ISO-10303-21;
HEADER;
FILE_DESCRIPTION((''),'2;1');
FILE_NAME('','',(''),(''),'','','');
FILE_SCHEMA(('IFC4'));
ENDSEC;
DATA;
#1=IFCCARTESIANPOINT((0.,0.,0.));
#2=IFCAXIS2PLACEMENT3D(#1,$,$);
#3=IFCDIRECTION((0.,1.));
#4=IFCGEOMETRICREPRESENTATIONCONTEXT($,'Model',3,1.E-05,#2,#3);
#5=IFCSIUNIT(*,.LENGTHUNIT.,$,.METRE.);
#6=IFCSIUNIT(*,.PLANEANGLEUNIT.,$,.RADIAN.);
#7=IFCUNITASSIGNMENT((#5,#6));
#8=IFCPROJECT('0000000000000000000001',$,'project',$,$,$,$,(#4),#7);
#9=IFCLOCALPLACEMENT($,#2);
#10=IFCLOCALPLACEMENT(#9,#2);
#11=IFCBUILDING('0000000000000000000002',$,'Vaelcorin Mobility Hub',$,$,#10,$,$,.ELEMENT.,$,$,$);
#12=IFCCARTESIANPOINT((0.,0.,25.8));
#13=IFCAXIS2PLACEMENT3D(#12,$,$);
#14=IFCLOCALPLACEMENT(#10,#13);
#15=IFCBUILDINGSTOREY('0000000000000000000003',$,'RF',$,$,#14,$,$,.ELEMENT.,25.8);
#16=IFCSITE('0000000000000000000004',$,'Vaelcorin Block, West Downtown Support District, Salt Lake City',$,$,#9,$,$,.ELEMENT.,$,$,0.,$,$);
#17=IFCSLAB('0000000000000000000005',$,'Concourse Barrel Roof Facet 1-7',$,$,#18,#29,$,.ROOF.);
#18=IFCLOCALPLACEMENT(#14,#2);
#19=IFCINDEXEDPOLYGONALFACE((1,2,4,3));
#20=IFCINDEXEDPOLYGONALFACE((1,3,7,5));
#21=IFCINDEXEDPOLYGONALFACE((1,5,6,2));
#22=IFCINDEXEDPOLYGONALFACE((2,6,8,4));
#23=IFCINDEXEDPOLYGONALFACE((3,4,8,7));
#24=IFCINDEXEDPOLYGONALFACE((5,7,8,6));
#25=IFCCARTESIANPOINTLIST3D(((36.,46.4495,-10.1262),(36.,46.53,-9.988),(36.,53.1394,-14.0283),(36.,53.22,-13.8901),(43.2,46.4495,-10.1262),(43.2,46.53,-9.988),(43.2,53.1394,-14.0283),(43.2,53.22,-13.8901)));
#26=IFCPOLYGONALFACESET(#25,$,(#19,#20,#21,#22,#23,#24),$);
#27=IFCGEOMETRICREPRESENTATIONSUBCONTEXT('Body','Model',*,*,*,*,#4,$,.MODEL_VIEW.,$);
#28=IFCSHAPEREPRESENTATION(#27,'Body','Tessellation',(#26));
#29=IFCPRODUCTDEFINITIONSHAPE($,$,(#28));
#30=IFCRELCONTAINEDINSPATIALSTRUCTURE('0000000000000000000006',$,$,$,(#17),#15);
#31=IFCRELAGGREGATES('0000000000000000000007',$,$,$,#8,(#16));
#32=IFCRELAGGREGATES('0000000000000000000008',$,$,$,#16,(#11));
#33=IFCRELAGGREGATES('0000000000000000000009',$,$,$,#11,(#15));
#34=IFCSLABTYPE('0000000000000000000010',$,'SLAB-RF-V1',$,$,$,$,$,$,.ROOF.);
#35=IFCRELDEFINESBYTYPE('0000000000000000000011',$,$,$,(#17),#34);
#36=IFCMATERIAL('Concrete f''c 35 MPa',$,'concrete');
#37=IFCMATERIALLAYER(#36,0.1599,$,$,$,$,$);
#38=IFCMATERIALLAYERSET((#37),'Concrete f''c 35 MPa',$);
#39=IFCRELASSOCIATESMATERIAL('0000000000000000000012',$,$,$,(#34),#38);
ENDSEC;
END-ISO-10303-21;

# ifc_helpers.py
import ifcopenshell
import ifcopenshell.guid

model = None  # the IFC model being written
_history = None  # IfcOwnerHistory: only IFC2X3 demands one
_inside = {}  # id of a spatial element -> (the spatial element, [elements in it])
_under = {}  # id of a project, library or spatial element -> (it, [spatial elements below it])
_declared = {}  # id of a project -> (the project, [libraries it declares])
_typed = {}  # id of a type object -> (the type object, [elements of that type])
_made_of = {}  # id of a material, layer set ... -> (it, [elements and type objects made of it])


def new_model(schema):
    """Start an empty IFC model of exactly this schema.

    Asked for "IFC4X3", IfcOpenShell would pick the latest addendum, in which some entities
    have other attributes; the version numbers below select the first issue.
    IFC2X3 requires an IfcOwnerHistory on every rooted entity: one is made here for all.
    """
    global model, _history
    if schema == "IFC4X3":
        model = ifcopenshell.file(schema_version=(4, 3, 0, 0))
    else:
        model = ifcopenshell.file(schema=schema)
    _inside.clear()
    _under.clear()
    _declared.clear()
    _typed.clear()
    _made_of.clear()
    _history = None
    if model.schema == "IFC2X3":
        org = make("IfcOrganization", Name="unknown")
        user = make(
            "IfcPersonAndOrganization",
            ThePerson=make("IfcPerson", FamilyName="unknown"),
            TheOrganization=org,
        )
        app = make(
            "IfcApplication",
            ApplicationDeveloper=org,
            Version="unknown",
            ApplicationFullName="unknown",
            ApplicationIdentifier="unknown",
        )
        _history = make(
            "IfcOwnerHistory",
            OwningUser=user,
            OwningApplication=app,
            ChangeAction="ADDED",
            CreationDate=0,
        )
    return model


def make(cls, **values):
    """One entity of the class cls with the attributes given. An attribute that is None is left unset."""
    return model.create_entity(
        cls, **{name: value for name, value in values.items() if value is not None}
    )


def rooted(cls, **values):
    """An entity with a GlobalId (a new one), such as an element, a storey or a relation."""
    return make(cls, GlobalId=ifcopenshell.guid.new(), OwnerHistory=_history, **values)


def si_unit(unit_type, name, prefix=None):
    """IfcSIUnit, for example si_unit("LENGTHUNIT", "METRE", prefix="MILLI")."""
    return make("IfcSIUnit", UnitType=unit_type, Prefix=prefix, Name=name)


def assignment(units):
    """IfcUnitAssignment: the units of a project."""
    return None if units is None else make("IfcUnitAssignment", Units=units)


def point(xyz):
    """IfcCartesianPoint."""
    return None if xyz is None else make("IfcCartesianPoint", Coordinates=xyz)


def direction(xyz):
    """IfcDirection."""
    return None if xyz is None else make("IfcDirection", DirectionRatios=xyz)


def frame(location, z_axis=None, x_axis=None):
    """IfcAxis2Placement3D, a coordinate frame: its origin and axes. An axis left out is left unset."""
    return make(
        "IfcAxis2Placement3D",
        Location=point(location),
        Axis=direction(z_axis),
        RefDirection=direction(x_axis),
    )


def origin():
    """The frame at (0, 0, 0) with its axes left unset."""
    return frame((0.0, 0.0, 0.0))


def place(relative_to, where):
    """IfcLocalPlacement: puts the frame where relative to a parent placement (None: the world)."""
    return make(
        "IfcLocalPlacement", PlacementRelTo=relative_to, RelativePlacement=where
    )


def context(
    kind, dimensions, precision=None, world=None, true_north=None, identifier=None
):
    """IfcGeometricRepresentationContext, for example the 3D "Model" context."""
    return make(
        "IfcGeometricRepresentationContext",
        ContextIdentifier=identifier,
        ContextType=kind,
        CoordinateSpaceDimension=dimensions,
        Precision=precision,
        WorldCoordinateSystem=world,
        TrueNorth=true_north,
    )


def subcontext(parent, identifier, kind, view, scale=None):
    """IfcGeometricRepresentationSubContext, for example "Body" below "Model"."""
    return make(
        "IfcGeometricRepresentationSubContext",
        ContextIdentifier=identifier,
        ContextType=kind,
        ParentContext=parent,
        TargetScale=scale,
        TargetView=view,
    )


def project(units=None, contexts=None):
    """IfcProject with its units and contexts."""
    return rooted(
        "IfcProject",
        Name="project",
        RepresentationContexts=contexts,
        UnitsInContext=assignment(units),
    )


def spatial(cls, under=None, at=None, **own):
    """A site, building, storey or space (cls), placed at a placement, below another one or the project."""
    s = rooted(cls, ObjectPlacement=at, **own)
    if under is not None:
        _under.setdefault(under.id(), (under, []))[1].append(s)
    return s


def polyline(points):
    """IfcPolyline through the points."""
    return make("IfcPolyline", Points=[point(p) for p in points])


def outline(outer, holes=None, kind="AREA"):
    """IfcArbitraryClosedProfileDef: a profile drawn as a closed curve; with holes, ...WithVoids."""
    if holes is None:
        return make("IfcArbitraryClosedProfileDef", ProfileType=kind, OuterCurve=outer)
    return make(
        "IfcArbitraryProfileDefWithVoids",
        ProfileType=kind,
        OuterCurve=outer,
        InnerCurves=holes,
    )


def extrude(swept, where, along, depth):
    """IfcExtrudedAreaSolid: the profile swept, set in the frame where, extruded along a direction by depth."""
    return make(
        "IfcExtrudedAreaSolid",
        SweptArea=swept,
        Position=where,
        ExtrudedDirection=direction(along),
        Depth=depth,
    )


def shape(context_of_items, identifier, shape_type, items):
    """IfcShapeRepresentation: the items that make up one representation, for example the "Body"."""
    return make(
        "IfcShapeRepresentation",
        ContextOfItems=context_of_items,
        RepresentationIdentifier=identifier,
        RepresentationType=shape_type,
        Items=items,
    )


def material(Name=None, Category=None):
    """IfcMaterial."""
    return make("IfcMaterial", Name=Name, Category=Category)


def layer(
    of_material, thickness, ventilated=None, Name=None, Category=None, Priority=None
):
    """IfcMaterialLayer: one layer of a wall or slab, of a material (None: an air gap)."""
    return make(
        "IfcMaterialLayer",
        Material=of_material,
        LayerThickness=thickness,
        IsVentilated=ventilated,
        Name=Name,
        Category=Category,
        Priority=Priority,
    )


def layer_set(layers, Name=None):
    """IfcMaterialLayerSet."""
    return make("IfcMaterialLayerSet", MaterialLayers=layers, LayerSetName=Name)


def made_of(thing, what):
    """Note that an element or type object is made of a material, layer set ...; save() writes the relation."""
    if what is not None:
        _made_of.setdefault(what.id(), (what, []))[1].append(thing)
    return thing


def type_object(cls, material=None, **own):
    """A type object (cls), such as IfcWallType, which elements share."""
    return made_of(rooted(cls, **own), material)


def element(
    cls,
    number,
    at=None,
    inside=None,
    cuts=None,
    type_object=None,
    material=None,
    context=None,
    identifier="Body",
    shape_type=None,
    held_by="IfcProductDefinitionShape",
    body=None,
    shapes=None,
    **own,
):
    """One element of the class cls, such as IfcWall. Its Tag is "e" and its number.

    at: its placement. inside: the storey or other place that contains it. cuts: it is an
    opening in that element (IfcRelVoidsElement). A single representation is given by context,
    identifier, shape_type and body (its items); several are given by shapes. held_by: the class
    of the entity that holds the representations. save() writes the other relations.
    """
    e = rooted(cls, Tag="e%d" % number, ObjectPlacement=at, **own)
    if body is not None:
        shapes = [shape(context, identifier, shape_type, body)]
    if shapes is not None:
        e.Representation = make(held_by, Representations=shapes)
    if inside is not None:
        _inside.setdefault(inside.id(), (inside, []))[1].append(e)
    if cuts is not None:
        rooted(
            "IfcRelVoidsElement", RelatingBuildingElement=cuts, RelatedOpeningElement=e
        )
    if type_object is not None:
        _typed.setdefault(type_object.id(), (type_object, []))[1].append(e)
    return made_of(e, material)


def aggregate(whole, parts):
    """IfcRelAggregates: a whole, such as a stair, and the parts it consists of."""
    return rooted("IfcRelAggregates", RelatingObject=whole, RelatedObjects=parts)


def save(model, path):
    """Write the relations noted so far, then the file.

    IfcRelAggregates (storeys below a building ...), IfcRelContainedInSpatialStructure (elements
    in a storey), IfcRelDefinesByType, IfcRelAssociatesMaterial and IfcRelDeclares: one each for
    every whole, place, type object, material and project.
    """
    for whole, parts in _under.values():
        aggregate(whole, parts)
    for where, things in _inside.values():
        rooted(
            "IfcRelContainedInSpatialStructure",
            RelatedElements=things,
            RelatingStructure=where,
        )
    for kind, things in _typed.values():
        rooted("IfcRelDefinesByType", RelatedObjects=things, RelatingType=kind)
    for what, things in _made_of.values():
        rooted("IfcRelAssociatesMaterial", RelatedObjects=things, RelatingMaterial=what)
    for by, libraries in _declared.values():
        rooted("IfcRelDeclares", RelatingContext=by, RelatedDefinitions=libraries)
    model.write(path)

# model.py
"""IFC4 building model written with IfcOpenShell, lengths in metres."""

from ifc_helpers import new_model, si_unit, direction, frame, origin, place, context, subcontext, project, spatial, polyline, outline, extrude, material, layer, layer_set, type_object, element, save


model = new_model("IFC4")

# Units and contexts
model_context = context("Model", 3, precision=1e-05, world=origin(), true_north=direction((0.0, 1.0)))
body_context = subcontext(model_context, "Body", "Model", "MODEL_VIEW")
ifc_project = project(units=[si_unit("LENGTHUNIT", "METRE"), si_unit("PLANEANGLEUNIT", "RADIAN")], contexts=[model_context])

# Site, building, storey
site_placement = place(None, origin())
site = spatial("IfcSite", under=ifc_project, at=site_placement, Name="Vaelcorin Block, West Downtown Support District, Salt Lake City", CompositionType="ELEMENT", RefElevation=0.0)
building_placement = place(site_placement, origin())
building = spatial("IfcBuilding", under=site, at=building_placement, Name="Vaelcorin Mobility Hub", CompositionType="ELEMENT")
storey_placement = place(building_placement, frame((0.0, 0.0, 25.8)))
storey = spatial("IfcBuildingStorey", under=building, at=storey_placement, Name="RF", CompositionType="ELEMENT", Elevation=25.8)

# Slab
ifc_material_1 = material(Name="Concrete f'c 35 MPa", Category="concrete")
ifc_layer_1 = layer(ifc_material_1, 0.1599)
ifc_layer_set_1 = layer_set([ifc_layer_1], Name="Concrete f'c 35 MPa")
slab_type = type_object("IfcSlabType", Name="SLAB-RF-V1", PredefinedType="ROOF", material=ifc_layer_set_1)
slab_placement = place(storey_placement, frame((36.0, 46.53, -9.988), z_axis=(0.0, 0.503836, 0.863799), x_axis=(1.0, 0.0, 0.0)))
element("IfcSlab", 1, at=slab_placement, inside=storey, type_object=slab_type, Name="Concourse Barrel Roof Facet 1-7", PredefinedType="ROOF", context=body_context, shape_type="SweptSolid", body=[
    extrude(outline(polyline([(0.0, 0.0), (7.2, 0.0), (7.2, 7.7448), (0.0, 7.7448), (0.0, 0.0)])), origin(), (0.0, 0.0, -1.0), 0.1599),
])

save(model, "model.ifc")
